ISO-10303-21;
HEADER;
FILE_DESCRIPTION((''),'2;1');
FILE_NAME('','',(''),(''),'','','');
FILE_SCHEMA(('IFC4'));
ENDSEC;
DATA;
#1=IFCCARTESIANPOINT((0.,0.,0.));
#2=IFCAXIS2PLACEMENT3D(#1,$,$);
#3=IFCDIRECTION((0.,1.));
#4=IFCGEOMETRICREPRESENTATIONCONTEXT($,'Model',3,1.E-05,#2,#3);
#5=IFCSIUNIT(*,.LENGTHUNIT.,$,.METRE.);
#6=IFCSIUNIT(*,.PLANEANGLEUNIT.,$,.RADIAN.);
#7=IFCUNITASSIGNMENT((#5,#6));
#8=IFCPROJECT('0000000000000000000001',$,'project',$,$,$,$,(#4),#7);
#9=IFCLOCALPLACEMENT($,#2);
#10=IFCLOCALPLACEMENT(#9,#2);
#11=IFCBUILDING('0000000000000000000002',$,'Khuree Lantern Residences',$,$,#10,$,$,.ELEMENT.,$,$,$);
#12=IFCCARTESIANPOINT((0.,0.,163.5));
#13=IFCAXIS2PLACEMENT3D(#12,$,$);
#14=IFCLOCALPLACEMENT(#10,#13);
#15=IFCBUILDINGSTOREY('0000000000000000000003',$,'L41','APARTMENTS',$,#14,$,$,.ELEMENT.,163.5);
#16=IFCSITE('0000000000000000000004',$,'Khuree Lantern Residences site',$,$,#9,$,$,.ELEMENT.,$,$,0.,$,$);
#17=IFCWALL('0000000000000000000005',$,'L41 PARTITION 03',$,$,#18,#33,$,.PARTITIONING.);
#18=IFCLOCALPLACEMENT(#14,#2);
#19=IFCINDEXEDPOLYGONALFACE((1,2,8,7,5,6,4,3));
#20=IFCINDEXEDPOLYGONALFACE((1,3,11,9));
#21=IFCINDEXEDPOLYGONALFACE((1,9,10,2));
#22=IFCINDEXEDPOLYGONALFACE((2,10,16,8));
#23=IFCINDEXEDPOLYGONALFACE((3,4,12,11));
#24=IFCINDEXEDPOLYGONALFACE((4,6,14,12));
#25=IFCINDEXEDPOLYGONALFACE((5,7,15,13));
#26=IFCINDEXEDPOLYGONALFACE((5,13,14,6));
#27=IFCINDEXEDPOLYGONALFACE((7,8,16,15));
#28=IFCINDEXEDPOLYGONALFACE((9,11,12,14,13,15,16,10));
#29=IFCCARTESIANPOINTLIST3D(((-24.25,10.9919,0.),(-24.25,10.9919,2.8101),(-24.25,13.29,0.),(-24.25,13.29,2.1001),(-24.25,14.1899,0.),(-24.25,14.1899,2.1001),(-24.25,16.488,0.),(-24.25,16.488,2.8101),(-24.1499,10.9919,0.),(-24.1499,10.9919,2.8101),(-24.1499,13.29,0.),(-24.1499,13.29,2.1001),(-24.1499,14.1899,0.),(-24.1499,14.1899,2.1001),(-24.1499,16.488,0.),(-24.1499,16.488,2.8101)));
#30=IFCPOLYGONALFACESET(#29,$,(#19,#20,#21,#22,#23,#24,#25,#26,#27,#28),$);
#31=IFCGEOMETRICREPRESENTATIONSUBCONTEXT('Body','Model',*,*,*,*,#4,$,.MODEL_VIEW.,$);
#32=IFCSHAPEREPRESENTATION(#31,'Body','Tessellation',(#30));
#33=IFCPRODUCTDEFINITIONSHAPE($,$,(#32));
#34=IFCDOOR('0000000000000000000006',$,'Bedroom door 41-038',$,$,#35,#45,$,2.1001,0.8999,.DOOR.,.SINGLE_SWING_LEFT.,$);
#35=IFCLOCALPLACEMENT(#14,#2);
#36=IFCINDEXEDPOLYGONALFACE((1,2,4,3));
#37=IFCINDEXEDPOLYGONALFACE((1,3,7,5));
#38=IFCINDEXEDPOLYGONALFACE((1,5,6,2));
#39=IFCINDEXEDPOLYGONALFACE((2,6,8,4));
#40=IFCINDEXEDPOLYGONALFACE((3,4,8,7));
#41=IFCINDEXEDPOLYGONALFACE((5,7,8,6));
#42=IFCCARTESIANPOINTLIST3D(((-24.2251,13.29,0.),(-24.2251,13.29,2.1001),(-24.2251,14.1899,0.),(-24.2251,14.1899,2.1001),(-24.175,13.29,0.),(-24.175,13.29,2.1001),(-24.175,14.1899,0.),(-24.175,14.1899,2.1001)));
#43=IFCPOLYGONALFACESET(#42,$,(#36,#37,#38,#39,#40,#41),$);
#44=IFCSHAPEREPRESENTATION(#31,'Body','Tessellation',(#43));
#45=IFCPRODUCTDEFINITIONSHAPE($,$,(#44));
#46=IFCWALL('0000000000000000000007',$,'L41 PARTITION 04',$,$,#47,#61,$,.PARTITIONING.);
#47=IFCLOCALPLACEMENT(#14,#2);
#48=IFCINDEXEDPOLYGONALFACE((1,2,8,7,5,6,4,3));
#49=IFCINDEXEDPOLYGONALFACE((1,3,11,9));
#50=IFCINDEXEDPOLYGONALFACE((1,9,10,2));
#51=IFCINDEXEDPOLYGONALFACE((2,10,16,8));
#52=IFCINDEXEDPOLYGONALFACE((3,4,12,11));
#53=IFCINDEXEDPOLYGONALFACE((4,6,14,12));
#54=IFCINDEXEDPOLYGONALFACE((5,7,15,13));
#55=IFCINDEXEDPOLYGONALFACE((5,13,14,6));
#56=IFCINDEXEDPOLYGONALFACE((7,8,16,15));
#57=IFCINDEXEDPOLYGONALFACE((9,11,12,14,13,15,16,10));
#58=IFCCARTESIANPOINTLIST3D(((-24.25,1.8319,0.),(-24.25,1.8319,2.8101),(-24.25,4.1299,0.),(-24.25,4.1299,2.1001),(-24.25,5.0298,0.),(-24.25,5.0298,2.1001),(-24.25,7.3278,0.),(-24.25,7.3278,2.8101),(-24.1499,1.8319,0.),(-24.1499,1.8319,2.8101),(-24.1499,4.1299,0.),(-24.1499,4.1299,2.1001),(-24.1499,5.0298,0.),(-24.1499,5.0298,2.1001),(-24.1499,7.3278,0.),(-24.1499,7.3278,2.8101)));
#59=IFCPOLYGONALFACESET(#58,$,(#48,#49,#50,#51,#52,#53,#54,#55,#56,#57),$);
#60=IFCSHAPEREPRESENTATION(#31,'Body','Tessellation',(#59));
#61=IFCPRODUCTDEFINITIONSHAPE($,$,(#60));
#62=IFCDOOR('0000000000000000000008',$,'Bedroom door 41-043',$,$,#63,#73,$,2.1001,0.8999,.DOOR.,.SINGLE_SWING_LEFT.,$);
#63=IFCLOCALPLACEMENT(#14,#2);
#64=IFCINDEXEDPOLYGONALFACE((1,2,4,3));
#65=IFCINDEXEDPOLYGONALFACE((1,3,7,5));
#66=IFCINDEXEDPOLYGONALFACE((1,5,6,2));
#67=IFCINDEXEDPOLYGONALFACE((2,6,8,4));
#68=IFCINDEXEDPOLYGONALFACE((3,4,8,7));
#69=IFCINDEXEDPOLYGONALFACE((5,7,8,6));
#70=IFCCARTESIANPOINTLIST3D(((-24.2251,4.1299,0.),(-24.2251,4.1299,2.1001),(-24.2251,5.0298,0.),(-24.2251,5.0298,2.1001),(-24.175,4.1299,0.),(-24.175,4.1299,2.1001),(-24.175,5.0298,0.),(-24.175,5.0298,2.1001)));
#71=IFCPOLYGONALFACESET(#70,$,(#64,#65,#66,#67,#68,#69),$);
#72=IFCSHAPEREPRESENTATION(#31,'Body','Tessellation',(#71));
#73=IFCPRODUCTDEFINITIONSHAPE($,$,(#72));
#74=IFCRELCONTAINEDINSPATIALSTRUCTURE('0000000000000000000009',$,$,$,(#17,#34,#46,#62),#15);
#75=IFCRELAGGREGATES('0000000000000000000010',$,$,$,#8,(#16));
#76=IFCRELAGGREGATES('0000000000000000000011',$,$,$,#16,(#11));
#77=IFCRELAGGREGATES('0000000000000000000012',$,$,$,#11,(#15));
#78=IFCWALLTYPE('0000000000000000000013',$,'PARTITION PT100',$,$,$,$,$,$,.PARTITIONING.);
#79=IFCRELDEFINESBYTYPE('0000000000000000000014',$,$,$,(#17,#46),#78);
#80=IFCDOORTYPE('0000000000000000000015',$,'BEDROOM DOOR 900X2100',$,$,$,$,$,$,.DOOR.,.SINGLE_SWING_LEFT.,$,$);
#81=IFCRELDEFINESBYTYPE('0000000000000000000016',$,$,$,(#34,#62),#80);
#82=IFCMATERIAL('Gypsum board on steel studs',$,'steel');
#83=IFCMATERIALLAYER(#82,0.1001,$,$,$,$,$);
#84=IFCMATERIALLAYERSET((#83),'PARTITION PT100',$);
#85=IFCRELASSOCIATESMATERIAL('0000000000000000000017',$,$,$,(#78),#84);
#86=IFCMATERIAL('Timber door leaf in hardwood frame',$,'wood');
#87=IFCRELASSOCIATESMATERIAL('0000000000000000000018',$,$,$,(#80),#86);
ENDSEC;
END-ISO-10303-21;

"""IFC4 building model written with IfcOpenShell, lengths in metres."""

from ifc_helpers import new_model, si_unit, direction, frame, frame_2d, origin, place, context, subcontext, project, spatial, rectangle, extrude, material, layer, layer_set, type_object, element, fill, save


model = new_model("IFC4")

# Units and contexts
model_context = context("Model", 3, precision=1e-05, world=origin(), true_north=direction((0.0, 1.0)))
body_context = subcontext(model_context, "Body", "Model", "MODEL_VIEW")
ifc_project = project(units=[si_unit("LENGTHUNIT", "METRE"), si_unit("PLANEANGLEUNIT", "RADIAN")], contexts=[model_context])

# Site, building, storey
site_placement = place(None, origin())
site = spatial("IfcSite", under=ifc_project, at=site_placement, Name="Khuree Lantern Residences site", CompositionType="ELEMENT", RefElevation=0.0)
building_placement = place(site_placement, origin())
building = spatial("IfcBuilding", under=site, at=building_placement, Name="Khuree Lantern Residences", CompositionType="ELEMENT")
storey_placement = place(building_placement, frame((0.0, 0.0, 163.5)))
storey = spatial("IfcBuildingStorey", under=building, at=storey_placement, Name="L41", Description="APARTMENTS", CompositionType="ELEMENT", Elevation=163.5)

# Shared definitions
ifc_material_1 = material(Name="Timber door leaf in hardwood frame", Category="wood")

# Shared definitions
ifc_material_2 = material(Name="Gypsum board on steel studs", Category="steel")
ifc_layer_1 = layer(ifc_material_2, 0.1001)
ifc_layer_set_1 = layer_set([ifc_layer_1], Name="PARTITION PT100")
wall_type_1 = type_object("IfcWallType", Name="PARTITION PT100", PredefinedType="PARTITIONING", material=ifc_layer_set_1)

# Walls, openings, doors
wall_1_placement = place(storey_placement, frame((-24.2, 16.488, 0.0), z_axis=(0.0, 0.0, 1.0), x_axis=(0.0, -1.0, 0.0)))
wall_1 = element("IfcWall", 1, at=wall_1_placement, inside=storey, type_object=wall_type_1, Name="L41 PARTITION 03", PredefinedType="PARTITIONING", context=body_context, shape_type="SweptSolid", body=[
    extrude(rectangle(XDim=5.4961, YDim=0.1001, at=frame_2d((2.748, 0.0))), origin(), (0.0, 0.0, 1.0), 2.8101),
])
opening_1_placement = place(wall_1_placement, frame((2.2981, 0.0, 0.0)))
opening_1 = element("IfcOpeningElement", 2, at=opening_1_placement, cuts=wall_1, PredefinedType="OPENING", context=body_context, shape_type="SweptSolid", body=[
    extrude(rectangle(XDim=0.8999, YDim=2.1001, at=frame_2d((0.45, 1.05))), frame((0.0, 0.0601, 0.0), z_axis=(0.0, -1.0, 0.0), x_axis=(1.0, 0.0, 0.0)), (0.0, 0.0, 1.0), 0.1201),
])
door_type_1 = type_object("IfcDoorType", Name="BEDROOM DOOR 900X2100", OperationType="SINGLE_SWING_LEFT", PredefinedType="DOOR", material=ifc_material_1)
door_1_placement = place(opening_1_placement, origin())
door_1 = element("IfcDoor", 3, at=door_1_placement, inside=storey, type_object=door_type_1, Name="Bedroom door 41-038", OperationType="SINGLE_SWING_LEFT", OverallHeight=2.1001, OverallWidth=0.8999, PredefinedType="DOOR", context=body_context, shape_type="SweptSolid", body=[
    extrude(rectangle(XDim=0.8999, YDim=2.1001, at=frame_2d((0.45, 1.05))), frame((0.0, 0.0249, 0.0), z_axis=(0.0, -1.0, 0.0), x_axis=(1.0, 0.0, 0.0)), (0.0, 0.0, 1.0), 0.05),
])
fill(opening_1, door_1)
wall_2_placement = place(storey_placement, frame((-24.2, 7.3279, 0.0), z_axis=(0.0, 0.0, 1.0), x_axis=(0.0, -1.0, 0.0)))
wall_2 = element("IfcWall", 4, at=wall_2_placement, inside=storey, type_object=wall_type_1, Name="L41 PARTITION 04", PredefinedType="PARTITIONING", context=body_context, shape_type="SweptSolid", body=[
    extrude(rectangle(XDim=5.4958, YDim=0.1001, at=frame_2d((2.748, 0.0))), origin(), (0.0, 0.0, 1.0), 2.8101),
])
opening_2_placement = place(wall_2_placement, frame((2.2981, 0.0, 0.0)))
opening_2 = element("IfcOpeningElement", 5, at=opening_2_placement, cuts=wall_2, PredefinedType="OPENING", context=body_context, shape_type="SweptSolid", body=[
    extrude(rectangle(XDim=0.8999, YDim=2.1001, at=frame_2d((0.45, 1.05))), frame((0.0, 0.0601, 0.0), z_axis=(0.0, -1.0, 0.0), x_axis=(1.0, 0.0, 0.0)), (0.0, 0.0, 1.0), 0.1201),
])
door_2_placement = place(opening_2_placement, origin())
door_2 = element("IfcDoor", 6, at=door_2_placement, inside=storey, type_object=door_type_1, Name="Bedroom door 41-043", OperationType="SINGLE_SWING_LEFT", OverallHeight=2.1001, OverallWidth=0.8999, PredefinedType="DOOR", context=body_context, shape_type="SweptSolid", body=[
    extrude(rectangle(XDim=0.8999, YDim=2.1001, at=frame_2d((0.45, 1.05))), frame((0.0, 0.0249, 0.0), z_axis=(0.0, -1.0, 0.0), x_axis=(1.0, 0.0, 0.0)), (0.0, 0.0, 1.0), 0.05),
])
fill(opening_2, door_2)

save(model, "model.ifc")
